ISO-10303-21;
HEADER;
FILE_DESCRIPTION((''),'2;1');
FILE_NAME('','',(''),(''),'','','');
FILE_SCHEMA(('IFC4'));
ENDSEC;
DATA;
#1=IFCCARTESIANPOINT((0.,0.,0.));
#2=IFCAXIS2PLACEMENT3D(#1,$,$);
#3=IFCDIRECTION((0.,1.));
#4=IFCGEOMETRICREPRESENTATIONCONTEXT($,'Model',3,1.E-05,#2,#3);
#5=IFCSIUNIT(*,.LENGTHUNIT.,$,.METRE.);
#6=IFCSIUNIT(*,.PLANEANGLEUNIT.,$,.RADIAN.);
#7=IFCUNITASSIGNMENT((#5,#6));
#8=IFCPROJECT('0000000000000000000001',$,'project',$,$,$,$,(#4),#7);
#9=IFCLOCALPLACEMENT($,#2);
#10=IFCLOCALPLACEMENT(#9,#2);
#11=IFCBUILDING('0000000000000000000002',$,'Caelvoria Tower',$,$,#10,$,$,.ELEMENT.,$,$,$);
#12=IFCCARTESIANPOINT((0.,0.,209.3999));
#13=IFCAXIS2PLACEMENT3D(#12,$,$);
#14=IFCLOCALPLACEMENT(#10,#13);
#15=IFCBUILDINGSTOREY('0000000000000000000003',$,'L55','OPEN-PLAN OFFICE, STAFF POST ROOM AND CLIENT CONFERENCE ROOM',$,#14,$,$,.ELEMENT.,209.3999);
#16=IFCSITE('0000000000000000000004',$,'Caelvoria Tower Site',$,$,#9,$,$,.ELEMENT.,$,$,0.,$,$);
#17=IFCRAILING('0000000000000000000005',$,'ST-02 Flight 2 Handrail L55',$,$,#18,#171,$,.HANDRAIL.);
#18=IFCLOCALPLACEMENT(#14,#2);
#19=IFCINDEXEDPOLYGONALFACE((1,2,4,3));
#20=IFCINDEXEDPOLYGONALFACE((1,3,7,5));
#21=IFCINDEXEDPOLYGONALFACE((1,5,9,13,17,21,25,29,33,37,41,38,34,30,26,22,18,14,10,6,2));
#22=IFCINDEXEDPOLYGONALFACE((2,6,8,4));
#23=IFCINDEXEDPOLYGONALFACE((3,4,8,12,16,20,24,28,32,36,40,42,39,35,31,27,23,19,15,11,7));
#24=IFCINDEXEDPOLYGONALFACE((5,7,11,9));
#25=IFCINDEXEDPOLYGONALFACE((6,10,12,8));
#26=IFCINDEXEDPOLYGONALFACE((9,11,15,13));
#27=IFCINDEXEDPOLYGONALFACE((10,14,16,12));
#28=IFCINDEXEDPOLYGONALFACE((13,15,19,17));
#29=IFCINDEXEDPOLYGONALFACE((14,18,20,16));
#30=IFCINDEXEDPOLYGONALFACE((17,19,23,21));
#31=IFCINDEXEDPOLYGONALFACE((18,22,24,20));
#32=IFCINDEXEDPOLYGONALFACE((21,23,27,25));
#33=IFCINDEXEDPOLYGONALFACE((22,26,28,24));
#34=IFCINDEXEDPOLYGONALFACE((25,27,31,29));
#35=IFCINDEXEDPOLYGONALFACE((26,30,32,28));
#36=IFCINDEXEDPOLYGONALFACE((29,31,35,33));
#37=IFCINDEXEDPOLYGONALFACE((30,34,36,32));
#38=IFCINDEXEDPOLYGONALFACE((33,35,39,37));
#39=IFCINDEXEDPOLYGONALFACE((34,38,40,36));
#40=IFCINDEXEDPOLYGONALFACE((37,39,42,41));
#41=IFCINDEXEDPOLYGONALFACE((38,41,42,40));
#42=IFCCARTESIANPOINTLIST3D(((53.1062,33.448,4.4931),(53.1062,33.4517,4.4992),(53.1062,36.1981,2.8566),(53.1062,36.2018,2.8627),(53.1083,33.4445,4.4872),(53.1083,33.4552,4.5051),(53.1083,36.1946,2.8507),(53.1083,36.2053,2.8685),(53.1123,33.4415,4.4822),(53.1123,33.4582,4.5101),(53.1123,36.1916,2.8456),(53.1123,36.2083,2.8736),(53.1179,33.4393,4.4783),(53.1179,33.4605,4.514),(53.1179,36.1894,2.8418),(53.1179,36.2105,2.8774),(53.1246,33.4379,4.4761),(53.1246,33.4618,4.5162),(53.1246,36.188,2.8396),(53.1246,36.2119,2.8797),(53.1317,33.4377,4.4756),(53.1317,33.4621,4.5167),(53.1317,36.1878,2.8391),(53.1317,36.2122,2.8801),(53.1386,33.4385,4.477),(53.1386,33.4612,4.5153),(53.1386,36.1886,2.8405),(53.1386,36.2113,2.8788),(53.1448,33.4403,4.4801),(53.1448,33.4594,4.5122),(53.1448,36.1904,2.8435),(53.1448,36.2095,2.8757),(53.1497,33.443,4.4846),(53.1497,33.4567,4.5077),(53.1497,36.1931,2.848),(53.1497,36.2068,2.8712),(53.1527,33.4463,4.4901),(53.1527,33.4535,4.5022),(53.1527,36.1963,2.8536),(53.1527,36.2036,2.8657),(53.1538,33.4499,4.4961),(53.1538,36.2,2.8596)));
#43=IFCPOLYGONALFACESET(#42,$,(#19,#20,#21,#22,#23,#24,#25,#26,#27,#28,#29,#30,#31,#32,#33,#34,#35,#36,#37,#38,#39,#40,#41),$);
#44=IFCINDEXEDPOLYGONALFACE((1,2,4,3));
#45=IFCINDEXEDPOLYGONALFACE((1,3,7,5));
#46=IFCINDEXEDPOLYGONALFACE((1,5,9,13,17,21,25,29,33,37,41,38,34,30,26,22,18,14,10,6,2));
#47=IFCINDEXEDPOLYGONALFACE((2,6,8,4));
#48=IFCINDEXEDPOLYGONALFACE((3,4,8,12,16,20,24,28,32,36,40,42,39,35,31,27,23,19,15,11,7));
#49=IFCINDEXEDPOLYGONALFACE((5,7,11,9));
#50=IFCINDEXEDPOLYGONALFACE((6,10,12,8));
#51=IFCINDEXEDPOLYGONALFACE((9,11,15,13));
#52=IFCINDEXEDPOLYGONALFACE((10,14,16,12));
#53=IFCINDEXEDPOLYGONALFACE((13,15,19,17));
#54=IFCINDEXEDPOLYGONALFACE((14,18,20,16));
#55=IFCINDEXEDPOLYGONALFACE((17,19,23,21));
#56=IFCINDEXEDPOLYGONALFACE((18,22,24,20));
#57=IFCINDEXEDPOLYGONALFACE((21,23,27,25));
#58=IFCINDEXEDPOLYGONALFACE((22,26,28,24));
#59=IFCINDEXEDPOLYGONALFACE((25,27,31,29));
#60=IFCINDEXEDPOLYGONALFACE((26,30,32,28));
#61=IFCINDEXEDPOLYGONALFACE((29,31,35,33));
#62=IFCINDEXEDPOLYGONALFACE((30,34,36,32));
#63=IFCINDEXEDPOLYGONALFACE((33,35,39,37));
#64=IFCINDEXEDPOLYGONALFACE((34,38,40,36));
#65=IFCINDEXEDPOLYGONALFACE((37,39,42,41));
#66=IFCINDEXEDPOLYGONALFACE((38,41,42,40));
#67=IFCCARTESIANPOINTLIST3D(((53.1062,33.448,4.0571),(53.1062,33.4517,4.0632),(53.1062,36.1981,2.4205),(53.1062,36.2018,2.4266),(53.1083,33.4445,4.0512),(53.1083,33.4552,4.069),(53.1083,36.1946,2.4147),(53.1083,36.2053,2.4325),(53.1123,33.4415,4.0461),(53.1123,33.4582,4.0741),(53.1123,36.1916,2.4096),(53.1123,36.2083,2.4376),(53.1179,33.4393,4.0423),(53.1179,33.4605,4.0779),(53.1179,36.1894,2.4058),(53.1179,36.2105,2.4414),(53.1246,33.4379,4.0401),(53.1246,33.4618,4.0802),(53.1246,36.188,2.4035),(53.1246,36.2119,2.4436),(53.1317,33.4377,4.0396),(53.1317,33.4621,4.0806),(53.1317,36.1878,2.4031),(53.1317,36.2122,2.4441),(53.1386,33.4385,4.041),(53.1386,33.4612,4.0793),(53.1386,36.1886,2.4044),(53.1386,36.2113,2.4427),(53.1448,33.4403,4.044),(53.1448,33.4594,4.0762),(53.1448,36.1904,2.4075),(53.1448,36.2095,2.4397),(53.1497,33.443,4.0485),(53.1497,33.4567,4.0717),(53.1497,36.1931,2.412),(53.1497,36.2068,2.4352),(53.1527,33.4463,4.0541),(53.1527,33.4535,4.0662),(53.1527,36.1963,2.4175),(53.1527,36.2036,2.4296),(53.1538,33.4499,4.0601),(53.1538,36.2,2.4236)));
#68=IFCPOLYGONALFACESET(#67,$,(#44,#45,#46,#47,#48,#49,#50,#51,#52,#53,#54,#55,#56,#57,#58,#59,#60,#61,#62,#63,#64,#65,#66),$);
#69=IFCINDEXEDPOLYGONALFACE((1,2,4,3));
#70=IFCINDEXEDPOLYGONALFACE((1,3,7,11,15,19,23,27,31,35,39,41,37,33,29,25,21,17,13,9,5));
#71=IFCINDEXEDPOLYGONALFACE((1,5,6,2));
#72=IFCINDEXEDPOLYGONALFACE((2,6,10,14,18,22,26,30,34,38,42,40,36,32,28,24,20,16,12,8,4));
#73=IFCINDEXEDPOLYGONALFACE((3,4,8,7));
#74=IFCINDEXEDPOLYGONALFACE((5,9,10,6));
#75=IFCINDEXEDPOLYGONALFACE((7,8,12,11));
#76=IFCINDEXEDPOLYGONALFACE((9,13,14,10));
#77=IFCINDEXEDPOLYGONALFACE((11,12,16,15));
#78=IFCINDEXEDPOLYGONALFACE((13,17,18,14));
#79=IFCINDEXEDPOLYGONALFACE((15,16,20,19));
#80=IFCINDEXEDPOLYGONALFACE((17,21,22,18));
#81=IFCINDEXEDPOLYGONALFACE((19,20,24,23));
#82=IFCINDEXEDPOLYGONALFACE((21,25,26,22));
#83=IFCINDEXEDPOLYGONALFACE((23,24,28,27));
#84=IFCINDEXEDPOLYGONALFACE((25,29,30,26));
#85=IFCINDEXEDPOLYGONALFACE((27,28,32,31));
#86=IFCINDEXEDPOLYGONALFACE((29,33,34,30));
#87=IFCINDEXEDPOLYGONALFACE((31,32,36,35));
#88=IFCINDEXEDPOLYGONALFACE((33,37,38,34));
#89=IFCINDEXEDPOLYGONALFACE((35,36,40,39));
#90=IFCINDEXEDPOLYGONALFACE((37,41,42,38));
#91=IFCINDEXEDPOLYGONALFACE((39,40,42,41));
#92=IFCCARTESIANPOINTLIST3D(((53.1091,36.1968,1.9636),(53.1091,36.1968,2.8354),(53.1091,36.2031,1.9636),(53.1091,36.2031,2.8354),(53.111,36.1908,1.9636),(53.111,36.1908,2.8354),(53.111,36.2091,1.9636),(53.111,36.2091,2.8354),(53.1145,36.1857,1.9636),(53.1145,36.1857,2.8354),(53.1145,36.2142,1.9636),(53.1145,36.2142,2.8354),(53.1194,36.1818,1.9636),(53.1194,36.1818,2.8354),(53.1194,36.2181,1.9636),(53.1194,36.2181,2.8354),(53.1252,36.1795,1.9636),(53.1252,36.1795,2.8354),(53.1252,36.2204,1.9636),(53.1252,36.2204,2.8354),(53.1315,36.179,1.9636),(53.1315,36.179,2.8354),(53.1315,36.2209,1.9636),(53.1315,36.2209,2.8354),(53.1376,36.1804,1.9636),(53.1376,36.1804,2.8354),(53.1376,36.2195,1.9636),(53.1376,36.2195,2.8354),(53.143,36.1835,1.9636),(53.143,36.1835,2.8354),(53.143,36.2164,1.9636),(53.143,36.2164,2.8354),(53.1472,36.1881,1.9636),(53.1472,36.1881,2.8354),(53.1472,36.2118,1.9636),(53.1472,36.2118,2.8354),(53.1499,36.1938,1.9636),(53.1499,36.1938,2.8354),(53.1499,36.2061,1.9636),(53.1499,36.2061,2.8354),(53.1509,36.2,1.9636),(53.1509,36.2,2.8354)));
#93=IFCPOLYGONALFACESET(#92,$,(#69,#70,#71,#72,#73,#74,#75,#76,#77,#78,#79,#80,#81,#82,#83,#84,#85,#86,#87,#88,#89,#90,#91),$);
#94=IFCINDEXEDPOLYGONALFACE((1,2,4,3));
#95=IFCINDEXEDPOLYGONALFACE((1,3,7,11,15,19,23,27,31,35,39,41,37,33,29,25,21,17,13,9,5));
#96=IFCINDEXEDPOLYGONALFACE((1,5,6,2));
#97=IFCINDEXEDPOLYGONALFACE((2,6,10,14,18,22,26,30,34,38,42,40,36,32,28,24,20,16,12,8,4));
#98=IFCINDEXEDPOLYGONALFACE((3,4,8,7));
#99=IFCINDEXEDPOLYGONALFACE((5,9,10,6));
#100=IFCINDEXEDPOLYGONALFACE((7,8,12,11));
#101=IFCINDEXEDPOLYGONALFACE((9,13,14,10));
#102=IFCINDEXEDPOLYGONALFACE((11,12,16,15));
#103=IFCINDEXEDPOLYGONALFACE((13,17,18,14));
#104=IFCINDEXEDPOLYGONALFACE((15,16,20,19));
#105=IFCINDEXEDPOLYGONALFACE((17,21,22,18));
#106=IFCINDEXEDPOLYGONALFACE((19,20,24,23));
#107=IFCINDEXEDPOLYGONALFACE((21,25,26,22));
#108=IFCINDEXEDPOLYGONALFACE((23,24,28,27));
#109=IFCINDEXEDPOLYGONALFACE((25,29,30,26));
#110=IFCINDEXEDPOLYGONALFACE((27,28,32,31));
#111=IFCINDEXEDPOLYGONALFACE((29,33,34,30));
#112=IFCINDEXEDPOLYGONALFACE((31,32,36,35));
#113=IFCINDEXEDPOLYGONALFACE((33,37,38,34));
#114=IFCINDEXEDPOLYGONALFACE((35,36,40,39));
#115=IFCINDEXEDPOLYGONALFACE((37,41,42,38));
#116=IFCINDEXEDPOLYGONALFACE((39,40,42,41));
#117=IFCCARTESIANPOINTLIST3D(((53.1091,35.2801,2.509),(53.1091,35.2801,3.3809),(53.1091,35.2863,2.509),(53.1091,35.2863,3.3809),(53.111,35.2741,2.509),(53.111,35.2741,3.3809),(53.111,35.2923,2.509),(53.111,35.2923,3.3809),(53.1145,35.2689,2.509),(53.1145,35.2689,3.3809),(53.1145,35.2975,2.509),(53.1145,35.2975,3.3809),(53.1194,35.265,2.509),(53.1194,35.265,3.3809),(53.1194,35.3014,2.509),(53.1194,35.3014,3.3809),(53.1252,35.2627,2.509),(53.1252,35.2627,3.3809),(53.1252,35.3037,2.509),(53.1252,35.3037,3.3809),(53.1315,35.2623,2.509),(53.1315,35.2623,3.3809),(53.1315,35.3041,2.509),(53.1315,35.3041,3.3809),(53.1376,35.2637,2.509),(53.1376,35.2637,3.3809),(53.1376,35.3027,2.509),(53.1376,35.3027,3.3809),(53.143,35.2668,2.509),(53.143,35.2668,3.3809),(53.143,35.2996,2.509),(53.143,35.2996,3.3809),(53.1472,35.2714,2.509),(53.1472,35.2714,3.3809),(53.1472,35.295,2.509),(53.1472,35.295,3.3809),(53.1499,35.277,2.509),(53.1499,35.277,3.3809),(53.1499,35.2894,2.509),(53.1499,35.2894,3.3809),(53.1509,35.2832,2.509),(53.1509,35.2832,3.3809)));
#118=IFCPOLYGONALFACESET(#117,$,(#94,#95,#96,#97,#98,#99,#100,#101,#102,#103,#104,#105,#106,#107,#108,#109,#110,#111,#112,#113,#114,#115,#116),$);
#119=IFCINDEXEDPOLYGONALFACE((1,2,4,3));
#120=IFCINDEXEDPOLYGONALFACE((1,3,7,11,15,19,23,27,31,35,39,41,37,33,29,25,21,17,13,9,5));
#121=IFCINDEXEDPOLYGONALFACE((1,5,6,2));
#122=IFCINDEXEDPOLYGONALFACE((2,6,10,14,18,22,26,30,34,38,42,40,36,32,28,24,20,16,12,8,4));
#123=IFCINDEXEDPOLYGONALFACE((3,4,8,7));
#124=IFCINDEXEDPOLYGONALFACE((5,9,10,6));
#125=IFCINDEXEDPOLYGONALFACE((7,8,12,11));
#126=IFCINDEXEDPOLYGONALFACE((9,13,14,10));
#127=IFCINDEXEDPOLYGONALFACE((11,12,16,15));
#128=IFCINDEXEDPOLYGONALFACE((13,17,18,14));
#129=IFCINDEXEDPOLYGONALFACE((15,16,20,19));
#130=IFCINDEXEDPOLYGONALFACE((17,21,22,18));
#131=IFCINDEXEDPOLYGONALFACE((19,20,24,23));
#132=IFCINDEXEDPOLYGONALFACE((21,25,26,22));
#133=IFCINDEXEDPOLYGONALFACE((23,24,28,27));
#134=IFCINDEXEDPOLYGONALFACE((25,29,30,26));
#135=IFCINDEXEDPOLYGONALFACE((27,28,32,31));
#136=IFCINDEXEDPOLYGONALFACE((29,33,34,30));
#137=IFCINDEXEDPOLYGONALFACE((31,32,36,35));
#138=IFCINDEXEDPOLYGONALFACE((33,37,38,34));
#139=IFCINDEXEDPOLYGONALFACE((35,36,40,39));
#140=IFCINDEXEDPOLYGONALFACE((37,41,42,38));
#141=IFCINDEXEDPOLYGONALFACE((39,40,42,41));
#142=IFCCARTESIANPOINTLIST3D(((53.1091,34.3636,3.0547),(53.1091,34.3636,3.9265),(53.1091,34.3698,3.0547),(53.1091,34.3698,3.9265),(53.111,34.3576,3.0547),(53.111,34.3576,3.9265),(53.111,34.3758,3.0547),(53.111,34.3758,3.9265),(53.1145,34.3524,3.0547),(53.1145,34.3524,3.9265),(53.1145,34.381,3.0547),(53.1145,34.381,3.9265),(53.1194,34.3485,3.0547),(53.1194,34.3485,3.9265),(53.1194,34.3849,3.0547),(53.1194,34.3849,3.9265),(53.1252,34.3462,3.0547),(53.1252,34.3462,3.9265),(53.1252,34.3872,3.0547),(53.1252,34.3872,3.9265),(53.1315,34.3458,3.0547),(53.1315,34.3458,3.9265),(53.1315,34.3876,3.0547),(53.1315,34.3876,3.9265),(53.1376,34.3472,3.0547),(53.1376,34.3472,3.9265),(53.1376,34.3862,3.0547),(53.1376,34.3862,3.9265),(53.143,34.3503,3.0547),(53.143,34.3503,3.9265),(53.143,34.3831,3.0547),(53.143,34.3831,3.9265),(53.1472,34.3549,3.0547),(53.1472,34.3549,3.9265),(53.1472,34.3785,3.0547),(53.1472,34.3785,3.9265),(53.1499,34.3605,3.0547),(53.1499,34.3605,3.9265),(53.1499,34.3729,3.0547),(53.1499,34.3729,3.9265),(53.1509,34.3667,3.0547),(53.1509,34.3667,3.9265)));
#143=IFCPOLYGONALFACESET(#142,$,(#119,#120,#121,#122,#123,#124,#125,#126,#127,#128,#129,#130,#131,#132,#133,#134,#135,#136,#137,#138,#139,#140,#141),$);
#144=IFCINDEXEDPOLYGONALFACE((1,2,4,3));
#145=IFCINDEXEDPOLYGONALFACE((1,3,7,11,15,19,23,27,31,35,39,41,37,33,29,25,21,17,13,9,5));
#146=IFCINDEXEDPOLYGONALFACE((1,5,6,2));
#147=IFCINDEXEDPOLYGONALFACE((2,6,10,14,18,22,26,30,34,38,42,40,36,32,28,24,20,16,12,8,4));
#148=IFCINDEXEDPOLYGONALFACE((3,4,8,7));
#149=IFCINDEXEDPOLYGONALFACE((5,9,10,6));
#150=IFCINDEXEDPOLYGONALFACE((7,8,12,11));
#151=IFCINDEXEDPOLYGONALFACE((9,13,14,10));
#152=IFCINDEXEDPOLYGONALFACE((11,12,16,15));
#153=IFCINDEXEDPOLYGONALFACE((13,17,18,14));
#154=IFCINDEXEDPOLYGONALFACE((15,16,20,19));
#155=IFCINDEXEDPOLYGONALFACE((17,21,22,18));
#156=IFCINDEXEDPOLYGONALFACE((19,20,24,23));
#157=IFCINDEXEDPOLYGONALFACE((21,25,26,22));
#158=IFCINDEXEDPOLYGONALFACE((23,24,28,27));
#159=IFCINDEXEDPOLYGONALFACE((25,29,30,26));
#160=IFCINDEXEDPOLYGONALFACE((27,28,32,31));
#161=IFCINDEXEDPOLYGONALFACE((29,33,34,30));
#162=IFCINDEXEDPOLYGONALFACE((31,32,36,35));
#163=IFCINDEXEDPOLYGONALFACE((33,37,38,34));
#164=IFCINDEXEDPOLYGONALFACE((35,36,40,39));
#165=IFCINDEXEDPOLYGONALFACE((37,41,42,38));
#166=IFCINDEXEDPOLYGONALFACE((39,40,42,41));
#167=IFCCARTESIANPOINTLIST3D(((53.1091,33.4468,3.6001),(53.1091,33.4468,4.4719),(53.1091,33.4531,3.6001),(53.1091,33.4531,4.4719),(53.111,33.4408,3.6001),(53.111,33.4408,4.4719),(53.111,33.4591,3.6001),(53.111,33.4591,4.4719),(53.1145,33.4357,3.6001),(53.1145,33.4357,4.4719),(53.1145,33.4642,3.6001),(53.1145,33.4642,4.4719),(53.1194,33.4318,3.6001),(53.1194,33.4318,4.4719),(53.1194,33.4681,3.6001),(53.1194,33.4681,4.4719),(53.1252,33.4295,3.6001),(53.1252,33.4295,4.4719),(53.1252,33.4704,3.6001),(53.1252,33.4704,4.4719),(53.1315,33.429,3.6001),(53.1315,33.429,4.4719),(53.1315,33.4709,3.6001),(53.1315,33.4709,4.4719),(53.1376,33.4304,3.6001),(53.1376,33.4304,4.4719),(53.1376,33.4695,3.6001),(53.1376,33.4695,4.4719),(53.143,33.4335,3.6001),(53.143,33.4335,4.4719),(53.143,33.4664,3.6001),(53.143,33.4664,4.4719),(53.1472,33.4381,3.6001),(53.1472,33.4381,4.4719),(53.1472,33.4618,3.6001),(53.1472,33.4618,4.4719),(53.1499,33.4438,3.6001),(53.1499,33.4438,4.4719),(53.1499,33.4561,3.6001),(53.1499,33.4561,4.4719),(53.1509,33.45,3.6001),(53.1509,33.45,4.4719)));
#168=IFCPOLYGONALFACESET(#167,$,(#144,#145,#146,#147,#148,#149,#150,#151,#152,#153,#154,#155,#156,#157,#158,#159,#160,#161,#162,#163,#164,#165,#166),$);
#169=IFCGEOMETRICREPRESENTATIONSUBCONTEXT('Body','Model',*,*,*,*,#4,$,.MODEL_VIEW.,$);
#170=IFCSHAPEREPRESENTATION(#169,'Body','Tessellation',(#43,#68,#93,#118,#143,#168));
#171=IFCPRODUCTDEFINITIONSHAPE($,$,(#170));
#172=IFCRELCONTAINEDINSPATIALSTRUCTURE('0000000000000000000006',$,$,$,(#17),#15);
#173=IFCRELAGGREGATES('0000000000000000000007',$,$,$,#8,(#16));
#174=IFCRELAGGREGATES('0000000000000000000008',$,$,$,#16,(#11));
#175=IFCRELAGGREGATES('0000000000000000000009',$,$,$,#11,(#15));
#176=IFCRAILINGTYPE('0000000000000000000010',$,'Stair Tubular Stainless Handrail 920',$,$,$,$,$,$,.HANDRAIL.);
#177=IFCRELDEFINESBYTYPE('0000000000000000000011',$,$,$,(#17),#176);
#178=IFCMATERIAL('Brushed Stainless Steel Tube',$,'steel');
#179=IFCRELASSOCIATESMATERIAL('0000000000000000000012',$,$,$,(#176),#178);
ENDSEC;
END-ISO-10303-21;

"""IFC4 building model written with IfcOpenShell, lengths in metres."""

from ifc_helpers import new_model, si_unit, direction, frame, origin, origin_2d, place, context, subcontext, project, spatial, circle, extrude, material, type_object, element, save


model = new_model("IFC4")

# Units and contexts
model_context = context("Model", 3, precision=1e-05, world=origin(), true_north=direction((0.0, 1.0)))
body_context = subcontext(model_context, "Body", "Model", "MODEL_VIEW")
ifc_project = project(units=[si_unit("LENGTHUNIT", "METRE"), si_unit("PLANEANGLEUNIT", "RADIAN")], contexts=[model_context])

# Site, building, storey
site_placement = place(None, origin())
site = spatial("IfcSite", under=ifc_project, at=site_placement, Name="Caelvoria Tower Site", CompositionType="ELEMENT", RefElevation=0.0)
building_placement = place(site_placement, origin())
building = spatial("IfcBuilding", under=site, at=building_placement, Name="Caelvoria Tower", CompositionType="ELEMENT")
storey_placement = place(building_placement, frame((0.0, 0.0, 209.3999)))
storey = spatial("IfcBuildingStorey", under=building, at=storey_placement, Name="L55", Description="OPEN-PLAN OFFICE, STAFF POST ROOM AND CLIENT CONFERENCE ROOM", CompositionType="ELEMENT", Elevation=209.3999)

# Railing
ifc_material_1 = material(Name="Brushed Stainless Steel Tube", Category="steel")
railing_type_1 = type_object("IfcRailingType", Name="Stair Tubular Stainless Handrail 920", PredefinedType="HANDRAIL", material=ifc_material_1)
railing_1_placement = place(storey_placement, frame((53.1299, 36.2, 1.9636)))
element("IfcRailing", 1, at=railing_1_placement, inside=storey, type_object=railing_type_1, Name="ST-02 Flight 2 Handrail L55", PredefinedType="HANDRAIL", context=body_context, shape_type="SweptSolid", body=[
    extrude(circle(Radius=0.0239, at=origin_2d()), frame((0.0, 0.0, 0.896), z_axis=(0.0, -0.859352, 0.511385), x_axis=(1.0, 0.0, 0.0)), (0.0, 0.0, 1.0), 3.2002),
    extrude(circle(Radius=0.0239, at=origin_2d()), frame((0.0, 0.0, 0.46), z_axis=(0.0, -0.859352, 0.511385), x_axis=(1.0, 0.0, 0.0)), (0.0, 0.0, 1.0), 3.2002),
    extrude(circle(Radius=0.021, at=origin_2d()), origin(), (0.0, 0.0, 1.0), 0.8718),
    extrude(circle(Radius=0.021, at=origin_2d()), frame((0.0, -0.9167, 0.5454)), (0.0, 0.0, 1.0), 0.8718),
    extrude(circle(Radius=0.021, at=origin_2d()), frame((0.0, -1.8333, 1.0911)), (0.0, 0.0, 1.0), 0.8718),
    extrude(circle(Radius=0.021, at=origin_2d()), frame((0.0, -2.75, 1.6365)), (0.0, 0.0, 1.0), 0.8718),
])

save(model, "model.ifc")
